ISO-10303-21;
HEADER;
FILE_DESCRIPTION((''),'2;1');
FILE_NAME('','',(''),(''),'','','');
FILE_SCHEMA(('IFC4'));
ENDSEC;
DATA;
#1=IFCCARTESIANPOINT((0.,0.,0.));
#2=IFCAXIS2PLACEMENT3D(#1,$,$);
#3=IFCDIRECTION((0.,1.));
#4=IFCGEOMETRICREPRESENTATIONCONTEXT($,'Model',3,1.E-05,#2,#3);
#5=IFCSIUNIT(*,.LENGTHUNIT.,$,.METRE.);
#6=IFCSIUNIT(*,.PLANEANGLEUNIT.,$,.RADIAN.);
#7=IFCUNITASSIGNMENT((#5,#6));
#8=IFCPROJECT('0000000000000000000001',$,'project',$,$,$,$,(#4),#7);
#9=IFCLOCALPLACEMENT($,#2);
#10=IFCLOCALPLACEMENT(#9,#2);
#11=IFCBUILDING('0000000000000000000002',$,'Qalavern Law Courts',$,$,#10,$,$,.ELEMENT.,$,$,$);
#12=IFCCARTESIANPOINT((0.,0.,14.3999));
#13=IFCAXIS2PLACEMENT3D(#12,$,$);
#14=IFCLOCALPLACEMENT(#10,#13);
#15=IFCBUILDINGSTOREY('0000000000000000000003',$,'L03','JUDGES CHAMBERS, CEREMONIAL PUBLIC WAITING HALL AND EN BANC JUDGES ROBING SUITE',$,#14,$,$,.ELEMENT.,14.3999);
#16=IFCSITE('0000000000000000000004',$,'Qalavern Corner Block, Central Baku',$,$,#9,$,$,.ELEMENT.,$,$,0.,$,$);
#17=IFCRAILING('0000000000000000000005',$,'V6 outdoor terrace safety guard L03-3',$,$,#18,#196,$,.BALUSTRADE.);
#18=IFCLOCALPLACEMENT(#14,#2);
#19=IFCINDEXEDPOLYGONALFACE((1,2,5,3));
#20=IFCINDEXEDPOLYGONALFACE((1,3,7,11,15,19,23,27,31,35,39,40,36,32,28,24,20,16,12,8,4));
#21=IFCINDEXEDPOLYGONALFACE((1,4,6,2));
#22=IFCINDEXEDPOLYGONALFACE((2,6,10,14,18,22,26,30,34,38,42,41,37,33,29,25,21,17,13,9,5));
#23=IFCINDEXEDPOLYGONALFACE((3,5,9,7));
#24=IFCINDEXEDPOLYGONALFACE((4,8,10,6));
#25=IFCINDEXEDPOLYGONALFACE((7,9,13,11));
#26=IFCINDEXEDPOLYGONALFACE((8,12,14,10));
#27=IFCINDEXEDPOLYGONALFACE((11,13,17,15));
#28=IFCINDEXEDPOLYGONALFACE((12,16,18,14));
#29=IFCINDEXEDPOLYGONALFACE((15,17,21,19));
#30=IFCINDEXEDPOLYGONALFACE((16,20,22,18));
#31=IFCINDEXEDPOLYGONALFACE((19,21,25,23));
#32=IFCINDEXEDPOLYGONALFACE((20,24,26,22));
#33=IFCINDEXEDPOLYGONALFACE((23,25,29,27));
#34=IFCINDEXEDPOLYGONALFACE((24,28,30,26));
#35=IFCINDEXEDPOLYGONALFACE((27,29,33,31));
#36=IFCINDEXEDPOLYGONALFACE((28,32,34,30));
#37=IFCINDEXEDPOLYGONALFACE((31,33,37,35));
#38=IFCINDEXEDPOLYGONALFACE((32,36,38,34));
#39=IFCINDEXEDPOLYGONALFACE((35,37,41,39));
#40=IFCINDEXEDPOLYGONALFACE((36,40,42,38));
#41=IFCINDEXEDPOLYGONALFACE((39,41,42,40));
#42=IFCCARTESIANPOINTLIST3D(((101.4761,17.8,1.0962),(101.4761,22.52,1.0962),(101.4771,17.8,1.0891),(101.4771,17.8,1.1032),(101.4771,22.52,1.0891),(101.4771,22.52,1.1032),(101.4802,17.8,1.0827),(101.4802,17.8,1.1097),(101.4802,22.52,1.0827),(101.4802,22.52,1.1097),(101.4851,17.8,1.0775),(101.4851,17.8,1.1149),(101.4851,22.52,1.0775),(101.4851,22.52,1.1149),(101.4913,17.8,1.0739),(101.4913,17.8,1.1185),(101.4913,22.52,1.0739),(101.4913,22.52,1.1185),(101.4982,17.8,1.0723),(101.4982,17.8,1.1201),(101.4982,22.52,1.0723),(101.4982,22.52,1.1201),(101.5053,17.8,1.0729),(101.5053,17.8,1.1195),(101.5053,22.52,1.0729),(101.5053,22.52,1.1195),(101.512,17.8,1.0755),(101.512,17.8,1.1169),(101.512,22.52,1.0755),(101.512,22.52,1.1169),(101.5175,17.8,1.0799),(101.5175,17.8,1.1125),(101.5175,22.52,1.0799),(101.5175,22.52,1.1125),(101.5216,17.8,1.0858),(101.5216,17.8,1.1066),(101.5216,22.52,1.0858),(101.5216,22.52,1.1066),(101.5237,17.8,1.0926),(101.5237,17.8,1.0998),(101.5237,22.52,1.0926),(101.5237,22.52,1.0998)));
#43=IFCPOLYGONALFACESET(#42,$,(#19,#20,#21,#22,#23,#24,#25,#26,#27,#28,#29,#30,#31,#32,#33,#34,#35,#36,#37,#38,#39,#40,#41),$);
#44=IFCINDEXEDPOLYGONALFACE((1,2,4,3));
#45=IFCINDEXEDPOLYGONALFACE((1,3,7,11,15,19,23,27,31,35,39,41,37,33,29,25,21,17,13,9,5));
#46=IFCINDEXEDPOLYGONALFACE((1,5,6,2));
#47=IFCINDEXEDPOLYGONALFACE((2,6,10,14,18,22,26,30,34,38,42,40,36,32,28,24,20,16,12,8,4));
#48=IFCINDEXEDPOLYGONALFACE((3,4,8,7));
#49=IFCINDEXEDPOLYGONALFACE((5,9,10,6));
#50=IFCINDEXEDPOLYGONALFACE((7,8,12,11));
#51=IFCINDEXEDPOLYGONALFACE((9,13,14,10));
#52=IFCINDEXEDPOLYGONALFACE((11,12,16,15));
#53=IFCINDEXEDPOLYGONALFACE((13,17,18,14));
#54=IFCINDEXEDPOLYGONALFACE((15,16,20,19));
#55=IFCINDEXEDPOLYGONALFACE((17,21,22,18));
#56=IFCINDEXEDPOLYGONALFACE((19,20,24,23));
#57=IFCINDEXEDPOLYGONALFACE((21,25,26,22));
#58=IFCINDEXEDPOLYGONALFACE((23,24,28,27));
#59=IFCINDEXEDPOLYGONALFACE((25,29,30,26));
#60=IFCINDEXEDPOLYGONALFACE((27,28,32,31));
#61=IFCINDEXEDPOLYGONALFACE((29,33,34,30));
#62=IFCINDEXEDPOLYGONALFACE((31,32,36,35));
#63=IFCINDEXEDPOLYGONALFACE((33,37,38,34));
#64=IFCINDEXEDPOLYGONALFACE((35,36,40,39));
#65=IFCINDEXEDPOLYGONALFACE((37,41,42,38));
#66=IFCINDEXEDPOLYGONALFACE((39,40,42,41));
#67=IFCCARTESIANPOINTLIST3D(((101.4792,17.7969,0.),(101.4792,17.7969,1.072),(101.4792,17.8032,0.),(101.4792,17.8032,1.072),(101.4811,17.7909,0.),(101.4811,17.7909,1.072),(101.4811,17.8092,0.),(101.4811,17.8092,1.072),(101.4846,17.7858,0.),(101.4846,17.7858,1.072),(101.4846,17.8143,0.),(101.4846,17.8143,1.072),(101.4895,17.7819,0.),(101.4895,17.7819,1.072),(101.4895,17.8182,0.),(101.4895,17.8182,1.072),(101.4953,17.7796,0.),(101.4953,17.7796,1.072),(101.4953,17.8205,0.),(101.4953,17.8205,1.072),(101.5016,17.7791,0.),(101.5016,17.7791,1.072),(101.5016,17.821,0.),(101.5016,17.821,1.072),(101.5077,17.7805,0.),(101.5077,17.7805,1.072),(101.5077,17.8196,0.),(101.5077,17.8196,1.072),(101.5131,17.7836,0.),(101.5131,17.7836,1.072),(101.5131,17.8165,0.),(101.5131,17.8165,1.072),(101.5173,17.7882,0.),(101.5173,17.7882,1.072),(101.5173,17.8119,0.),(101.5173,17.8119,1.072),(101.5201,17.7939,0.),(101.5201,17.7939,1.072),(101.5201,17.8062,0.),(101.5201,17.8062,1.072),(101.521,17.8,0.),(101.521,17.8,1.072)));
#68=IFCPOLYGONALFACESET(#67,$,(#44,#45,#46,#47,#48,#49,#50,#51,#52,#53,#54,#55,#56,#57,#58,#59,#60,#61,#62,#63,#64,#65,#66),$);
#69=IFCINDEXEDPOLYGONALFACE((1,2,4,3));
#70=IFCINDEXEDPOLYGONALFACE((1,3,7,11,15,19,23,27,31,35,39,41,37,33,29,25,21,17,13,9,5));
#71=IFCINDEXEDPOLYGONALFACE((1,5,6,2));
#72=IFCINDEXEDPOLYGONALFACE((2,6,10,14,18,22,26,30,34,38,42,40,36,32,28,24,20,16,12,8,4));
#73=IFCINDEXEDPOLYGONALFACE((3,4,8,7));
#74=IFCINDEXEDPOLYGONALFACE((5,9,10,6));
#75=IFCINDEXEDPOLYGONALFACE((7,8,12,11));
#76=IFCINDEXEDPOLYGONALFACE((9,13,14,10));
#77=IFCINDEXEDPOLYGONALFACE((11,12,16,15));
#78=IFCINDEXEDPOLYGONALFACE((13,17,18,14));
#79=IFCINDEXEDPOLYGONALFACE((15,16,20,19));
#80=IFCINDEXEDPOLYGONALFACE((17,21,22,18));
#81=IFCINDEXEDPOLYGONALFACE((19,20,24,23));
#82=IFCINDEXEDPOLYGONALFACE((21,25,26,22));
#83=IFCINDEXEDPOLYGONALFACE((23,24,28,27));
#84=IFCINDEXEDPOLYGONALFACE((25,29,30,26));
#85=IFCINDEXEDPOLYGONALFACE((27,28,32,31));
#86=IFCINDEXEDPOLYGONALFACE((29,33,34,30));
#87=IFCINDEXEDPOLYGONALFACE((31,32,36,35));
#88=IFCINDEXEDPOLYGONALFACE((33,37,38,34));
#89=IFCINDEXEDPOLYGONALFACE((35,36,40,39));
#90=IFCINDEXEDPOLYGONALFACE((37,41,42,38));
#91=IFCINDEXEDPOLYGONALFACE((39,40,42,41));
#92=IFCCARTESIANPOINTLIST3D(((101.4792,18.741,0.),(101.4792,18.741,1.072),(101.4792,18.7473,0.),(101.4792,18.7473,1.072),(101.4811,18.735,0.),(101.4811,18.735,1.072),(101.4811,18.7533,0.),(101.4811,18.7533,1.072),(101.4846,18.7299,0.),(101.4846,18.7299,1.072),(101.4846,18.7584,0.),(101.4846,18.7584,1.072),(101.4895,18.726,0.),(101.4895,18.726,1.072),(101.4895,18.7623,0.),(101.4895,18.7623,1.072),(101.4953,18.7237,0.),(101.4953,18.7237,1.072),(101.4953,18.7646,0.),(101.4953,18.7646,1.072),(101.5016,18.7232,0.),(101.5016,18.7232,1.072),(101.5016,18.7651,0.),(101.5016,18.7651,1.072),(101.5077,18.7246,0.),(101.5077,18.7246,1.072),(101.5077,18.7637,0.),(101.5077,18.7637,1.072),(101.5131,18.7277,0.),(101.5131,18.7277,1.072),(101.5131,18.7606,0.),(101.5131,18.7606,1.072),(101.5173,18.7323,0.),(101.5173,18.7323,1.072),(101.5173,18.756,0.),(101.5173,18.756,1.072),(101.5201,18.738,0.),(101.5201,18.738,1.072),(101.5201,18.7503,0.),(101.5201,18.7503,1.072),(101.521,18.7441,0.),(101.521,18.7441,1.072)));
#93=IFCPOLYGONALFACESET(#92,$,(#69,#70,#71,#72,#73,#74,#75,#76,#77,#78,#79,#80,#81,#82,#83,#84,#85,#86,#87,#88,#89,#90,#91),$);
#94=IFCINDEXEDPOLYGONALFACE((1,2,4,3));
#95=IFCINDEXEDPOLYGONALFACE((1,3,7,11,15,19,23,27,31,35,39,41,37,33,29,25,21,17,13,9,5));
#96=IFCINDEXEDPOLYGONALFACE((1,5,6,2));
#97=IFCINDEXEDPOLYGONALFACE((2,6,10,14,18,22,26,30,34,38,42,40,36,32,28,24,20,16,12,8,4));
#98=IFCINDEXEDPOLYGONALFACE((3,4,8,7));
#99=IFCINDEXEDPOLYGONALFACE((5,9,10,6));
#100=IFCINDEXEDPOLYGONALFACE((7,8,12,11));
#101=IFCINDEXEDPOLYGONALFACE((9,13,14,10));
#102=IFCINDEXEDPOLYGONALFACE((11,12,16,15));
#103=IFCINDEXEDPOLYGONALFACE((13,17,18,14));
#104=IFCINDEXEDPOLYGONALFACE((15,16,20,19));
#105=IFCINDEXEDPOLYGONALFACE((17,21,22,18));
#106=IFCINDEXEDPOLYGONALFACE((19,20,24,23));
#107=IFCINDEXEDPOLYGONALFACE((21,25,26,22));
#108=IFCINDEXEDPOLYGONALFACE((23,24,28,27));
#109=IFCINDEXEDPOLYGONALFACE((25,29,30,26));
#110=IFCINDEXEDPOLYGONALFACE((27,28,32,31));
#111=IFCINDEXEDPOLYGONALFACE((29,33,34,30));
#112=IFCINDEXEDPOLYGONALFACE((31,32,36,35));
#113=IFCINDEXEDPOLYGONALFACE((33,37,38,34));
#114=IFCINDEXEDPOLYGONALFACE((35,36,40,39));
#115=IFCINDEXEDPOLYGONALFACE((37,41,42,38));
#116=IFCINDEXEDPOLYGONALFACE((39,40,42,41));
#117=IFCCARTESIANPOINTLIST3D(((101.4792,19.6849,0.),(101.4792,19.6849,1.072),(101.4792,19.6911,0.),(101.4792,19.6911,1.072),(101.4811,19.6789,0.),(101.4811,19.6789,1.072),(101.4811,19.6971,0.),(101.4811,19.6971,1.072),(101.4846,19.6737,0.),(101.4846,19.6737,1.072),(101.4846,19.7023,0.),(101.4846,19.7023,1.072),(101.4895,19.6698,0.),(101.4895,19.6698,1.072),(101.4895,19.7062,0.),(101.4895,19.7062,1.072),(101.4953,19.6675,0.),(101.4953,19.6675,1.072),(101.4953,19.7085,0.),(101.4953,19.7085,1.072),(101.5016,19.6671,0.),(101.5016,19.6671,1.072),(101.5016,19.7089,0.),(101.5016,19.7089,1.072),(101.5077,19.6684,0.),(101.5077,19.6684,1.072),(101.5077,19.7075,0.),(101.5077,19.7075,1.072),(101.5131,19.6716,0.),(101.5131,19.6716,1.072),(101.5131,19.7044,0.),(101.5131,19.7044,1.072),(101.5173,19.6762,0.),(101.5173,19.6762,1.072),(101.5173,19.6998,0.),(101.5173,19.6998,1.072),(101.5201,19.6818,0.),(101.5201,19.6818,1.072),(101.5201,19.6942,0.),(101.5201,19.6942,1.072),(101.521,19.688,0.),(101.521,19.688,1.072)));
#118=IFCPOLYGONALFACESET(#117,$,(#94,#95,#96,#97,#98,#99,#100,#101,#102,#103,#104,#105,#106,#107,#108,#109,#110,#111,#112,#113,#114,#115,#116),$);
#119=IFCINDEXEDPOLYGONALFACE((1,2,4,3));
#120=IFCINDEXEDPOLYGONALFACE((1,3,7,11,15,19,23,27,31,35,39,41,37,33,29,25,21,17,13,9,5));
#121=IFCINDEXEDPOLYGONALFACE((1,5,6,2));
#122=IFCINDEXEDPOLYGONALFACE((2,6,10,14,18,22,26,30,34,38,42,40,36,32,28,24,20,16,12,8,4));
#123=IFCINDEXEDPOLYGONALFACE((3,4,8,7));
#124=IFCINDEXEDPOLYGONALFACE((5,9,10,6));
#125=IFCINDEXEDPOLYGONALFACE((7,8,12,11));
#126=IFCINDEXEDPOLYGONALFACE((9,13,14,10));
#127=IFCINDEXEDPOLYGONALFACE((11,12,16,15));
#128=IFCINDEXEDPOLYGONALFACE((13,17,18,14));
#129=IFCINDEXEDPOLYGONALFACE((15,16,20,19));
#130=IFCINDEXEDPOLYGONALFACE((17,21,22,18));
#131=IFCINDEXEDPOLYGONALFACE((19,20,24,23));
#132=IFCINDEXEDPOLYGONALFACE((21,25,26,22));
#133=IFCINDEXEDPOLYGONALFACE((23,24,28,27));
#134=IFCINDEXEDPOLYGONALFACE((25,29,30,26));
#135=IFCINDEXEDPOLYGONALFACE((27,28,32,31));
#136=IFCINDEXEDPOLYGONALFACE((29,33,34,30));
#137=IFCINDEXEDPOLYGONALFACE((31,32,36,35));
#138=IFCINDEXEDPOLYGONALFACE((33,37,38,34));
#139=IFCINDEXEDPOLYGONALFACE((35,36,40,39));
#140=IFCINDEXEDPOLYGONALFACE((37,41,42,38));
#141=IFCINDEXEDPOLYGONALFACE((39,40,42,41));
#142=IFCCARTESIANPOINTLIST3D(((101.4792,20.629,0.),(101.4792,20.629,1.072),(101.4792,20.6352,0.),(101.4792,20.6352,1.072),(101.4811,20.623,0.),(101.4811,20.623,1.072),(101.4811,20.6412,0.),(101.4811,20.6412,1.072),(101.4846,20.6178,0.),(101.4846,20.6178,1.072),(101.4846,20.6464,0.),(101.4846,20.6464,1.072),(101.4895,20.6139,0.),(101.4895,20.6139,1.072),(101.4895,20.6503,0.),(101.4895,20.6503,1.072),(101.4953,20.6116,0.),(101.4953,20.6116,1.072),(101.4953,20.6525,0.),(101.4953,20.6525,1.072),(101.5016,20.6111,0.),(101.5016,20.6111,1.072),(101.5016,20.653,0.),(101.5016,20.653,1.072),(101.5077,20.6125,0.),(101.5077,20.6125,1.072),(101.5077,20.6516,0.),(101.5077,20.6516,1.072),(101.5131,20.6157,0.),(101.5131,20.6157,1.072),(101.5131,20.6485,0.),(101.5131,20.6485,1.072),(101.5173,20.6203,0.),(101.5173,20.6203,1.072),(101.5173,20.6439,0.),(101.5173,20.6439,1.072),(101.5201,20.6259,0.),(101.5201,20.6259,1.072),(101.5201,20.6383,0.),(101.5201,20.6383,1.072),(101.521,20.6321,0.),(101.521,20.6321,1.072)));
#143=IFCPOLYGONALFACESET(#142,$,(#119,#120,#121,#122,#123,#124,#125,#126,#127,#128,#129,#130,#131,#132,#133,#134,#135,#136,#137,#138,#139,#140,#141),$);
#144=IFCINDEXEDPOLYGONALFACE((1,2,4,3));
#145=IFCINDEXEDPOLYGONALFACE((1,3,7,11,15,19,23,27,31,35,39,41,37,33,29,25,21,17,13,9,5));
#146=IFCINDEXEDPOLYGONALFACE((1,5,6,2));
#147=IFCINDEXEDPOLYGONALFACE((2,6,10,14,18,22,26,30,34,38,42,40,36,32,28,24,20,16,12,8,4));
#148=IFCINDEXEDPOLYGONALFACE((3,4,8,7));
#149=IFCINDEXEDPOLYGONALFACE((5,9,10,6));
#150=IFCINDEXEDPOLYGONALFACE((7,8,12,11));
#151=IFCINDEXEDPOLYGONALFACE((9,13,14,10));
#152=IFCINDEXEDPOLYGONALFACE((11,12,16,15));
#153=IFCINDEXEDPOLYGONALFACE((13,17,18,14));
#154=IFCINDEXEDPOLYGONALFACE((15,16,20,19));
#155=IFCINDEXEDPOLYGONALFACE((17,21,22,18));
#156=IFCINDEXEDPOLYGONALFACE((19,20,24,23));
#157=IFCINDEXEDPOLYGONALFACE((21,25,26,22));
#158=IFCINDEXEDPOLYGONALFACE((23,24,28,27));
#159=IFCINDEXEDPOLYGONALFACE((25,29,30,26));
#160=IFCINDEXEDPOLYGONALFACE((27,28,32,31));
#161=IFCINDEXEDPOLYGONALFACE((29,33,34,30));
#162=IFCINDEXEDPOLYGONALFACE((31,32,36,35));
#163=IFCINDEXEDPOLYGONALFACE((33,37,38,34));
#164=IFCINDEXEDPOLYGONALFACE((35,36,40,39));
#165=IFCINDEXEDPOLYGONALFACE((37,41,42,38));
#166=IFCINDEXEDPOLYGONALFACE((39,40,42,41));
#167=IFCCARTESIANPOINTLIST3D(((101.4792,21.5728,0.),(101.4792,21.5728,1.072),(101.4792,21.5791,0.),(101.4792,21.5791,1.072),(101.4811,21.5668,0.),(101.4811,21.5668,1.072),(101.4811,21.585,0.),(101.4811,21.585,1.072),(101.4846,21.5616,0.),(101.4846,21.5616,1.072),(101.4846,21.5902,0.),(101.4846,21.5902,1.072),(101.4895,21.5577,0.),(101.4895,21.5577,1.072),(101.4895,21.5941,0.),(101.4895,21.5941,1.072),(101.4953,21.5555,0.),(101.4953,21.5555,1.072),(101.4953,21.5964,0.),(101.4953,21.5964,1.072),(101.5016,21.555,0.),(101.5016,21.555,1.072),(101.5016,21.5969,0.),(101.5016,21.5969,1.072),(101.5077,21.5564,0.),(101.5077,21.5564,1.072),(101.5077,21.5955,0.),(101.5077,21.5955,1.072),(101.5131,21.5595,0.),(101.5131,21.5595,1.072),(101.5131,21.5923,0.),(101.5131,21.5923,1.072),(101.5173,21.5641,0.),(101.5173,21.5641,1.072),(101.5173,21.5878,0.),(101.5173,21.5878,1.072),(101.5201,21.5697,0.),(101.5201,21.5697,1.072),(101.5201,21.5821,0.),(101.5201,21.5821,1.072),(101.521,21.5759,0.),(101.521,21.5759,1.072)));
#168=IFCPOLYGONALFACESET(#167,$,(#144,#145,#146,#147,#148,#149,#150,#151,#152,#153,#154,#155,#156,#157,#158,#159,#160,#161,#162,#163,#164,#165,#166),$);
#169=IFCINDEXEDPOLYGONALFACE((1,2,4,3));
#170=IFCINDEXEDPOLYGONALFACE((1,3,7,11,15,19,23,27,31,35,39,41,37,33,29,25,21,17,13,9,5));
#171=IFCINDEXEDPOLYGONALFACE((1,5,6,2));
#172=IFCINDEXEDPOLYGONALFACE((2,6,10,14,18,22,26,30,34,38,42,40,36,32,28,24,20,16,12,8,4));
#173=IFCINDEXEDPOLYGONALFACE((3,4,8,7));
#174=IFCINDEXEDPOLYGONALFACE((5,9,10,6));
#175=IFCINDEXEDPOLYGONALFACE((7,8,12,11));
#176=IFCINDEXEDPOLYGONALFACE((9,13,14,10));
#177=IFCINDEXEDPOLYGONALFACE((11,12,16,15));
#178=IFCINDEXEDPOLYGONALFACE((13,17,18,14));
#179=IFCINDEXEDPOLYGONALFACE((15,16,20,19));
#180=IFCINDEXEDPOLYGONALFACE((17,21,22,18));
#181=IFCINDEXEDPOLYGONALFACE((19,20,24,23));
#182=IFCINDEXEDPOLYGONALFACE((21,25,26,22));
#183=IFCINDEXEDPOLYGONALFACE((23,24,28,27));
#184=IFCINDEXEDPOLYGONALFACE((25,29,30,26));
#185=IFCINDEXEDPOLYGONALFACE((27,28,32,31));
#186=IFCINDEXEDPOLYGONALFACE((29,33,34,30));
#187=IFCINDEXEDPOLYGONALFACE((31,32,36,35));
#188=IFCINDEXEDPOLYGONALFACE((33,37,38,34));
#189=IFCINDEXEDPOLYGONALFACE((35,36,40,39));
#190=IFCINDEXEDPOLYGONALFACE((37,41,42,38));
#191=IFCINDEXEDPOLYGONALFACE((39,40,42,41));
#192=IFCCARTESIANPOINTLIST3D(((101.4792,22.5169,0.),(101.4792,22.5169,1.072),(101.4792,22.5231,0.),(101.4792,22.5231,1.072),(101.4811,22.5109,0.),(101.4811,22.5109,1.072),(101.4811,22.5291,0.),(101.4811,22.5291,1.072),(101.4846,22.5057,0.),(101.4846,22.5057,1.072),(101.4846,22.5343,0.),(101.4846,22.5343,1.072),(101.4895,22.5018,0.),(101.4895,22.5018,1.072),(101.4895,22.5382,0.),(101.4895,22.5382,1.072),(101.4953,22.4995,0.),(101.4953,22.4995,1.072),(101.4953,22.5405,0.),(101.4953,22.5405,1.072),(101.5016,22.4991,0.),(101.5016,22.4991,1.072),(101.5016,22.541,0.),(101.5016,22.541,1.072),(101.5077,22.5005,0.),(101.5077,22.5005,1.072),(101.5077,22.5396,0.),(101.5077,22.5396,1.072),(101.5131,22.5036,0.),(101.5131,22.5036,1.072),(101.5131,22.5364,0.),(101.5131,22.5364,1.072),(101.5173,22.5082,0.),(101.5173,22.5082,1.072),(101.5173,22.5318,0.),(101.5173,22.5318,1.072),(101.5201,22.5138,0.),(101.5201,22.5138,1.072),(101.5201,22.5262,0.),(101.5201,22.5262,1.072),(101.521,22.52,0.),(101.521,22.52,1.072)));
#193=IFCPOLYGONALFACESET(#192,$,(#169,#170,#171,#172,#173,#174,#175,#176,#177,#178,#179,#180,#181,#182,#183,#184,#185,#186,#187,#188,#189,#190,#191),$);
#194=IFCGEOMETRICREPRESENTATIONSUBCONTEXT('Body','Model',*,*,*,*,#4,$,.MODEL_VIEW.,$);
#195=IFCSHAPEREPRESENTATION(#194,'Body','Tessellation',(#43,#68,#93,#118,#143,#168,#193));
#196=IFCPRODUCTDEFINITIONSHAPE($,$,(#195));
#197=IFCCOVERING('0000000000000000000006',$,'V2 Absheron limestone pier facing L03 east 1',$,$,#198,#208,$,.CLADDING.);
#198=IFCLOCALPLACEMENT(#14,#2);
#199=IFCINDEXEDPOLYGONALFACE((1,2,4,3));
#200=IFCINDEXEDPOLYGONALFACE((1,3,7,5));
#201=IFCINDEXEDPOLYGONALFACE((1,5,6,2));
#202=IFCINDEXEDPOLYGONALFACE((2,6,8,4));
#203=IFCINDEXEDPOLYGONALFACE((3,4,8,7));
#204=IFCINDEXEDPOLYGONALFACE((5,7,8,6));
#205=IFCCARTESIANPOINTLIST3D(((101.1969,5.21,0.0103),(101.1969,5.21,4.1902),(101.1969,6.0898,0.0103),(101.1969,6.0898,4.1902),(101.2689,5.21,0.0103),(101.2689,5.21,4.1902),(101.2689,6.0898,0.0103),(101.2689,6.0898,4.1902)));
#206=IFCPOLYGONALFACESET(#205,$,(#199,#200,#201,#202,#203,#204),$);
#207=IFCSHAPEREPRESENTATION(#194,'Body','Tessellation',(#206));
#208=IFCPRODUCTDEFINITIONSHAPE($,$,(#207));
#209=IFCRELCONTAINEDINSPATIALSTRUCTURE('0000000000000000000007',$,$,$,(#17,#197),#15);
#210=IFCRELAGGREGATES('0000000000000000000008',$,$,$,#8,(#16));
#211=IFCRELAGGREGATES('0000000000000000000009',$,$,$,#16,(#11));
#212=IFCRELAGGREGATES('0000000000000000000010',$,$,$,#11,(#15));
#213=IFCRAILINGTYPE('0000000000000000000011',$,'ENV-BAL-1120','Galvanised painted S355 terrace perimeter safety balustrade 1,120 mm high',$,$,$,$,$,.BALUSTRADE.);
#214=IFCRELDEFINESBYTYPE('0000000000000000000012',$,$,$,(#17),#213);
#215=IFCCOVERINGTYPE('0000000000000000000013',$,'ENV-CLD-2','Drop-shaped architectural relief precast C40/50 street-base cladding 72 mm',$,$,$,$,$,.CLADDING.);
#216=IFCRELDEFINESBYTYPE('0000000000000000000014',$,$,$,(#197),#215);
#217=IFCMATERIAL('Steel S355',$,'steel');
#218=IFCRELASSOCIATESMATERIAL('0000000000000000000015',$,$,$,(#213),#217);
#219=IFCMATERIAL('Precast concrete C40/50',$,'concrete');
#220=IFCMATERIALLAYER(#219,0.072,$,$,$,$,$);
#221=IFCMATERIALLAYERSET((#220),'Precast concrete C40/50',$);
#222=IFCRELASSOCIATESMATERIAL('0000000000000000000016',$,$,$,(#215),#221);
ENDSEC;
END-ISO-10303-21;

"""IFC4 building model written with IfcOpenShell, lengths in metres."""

from ifc_helpers import new_model, si_unit, direction, frame, origin, origin_2d, place, context, subcontext, project, spatial, rectangle, circle, extrude, material, layer, layer_set, type_object, element, save


model = new_model("IFC4")

# Units and contexts
model_context = context("Model", 3, precision=1e-05, world=origin(), true_north=direction((0.0, 1.0)))
body_context = subcontext(model_context, "Body", "Model", "MODEL_VIEW")
ifc_project = project(units=[si_unit("LENGTHUNIT", "METRE"), si_unit("PLANEANGLEUNIT", "RADIAN")], contexts=[model_context])

# Site, building, storey
site_placement = place(None, origin())
site = spatial("IfcSite", under=ifc_project, at=site_placement, Name="Qalavern Corner Block, Central Baku", CompositionType="ELEMENT", RefElevation=0.0)
building_placement = place(site_placement, origin())
building = spatial("IfcBuilding", under=site, at=building_placement, Name="Qalavern Law Courts", CompositionType="ELEMENT")
storey_placement = place(building_placement, frame((0.0, 0.0, 14.3999)))
storey = spatial("IfcBuildingStorey", under=building, at=storey_placement, Name="L03", Description="JUDGES CHAMBERS, CEREMONIAL PUBLIC WAITING HALL AND EN BANC JUDGES ROBING SUITE", CompositionType="ELEMENT", Elevation=14.3999)

# Shared definitions
ifc_material_1 = material(Name="Steel S355", Category="steel")

# Railing
railing_type = type_object("IfcRailingType", Name="ENV-BAL-1120", Description="Galvanised painted S355 terrace perimeter safety balustrade 1,120 mm high", PredefinedType="BALUSTRADE", material=ifc_material_1)
railing_1_placement = place(storey_placement, frame((101.5, 17.8, 0.0)))
element("IfcRailing", 1, at=railing_1_placement, inside=storey, type_object=railing_type, Name="V6 outdoor terrace safety guard L03-3", PredefinedType="BALUSTRADE", context=body_context, shape_type="SweptSolid", body=[
    extrude(circle(Radius=0.0239, at=origin_2d()), frame((0.0, 0.0, 1.0962), z_axis=(0.0, 1.0, 0.0), x_axis=(-1.0, 0.0, 0.0)), (0.0, 0.0, 1.0), 4.72),
    extrude(circle(Radius=0.021, at=origin_2d()), origin(), (0.0, 0.0, 1.0), 1.072),
    extrude(circle(Radius=0.021, at=origin_2d()), frame((0.0, 0.9441, 0.0)), (0.0, 0.0, 1.0), 1.072),
    extrude(circle(Radius=0.021, at=origin_2d()), frame((0.0, 1.8879, 0.0)), (0.0, 0.0, 1.0), 1.072),
    extrude(circle(Radius=0.021, at=origin_2d()), frame((0.0, 2.832, 0.0)), (0.0, 0.0, 1.0), 1.072),
    extrude(circle(Radius=0.021, at=origin_2d()), frame((0.0, 3.7759, 0.0)), (0.0, 0.0, 1.0), 1.072),
    extrude(circle(Radius=0.021, at=origin_2d()), frame((0.0, 4.72, 0.0)), (0.0, 0.0, 1.0), 1.072),
])

# Covering
ifc_material_2 = material(Name="Precast concrete C40/50", Category="concrete")
ifc_layer_1 = layer(ifc_material_2, 0.072)
ifc_layer_set_1 = layer_set([ifc_layer_1], Name="Precast concrete C40/50")
covering_type = type_object("IfcCoveringType", Name="ENV-CLD-2", Description="Drop-shaped architectural relief precast C40/50 street-base cladding 72 mm", PredefinedType="CLADDING", material=ifc_layer_set_1)
covering_1_placement = place(storey_placement, frame((101.2329, 5.6499, 0.0103), z_axis=(0.0, 0.0, 1.0), x_axis=(0.0, 1.0, 0.0)))
element("IfcCovering", 2, at=covering_1_placement, inside=storey, type_object=covering_type, Name="V2 Absheron limestone pier facing L03 east 1", PredefinedType="CLADDING", context=body_context, shape_type="SweptSolid", body=[
    extrude(rectangle(XDim=0.8799, YDim=0.072, at=origin_2d()), origin(), (0.0, 0.0, 1.0), 4.1799),
])

save(model, "model.ifc")
